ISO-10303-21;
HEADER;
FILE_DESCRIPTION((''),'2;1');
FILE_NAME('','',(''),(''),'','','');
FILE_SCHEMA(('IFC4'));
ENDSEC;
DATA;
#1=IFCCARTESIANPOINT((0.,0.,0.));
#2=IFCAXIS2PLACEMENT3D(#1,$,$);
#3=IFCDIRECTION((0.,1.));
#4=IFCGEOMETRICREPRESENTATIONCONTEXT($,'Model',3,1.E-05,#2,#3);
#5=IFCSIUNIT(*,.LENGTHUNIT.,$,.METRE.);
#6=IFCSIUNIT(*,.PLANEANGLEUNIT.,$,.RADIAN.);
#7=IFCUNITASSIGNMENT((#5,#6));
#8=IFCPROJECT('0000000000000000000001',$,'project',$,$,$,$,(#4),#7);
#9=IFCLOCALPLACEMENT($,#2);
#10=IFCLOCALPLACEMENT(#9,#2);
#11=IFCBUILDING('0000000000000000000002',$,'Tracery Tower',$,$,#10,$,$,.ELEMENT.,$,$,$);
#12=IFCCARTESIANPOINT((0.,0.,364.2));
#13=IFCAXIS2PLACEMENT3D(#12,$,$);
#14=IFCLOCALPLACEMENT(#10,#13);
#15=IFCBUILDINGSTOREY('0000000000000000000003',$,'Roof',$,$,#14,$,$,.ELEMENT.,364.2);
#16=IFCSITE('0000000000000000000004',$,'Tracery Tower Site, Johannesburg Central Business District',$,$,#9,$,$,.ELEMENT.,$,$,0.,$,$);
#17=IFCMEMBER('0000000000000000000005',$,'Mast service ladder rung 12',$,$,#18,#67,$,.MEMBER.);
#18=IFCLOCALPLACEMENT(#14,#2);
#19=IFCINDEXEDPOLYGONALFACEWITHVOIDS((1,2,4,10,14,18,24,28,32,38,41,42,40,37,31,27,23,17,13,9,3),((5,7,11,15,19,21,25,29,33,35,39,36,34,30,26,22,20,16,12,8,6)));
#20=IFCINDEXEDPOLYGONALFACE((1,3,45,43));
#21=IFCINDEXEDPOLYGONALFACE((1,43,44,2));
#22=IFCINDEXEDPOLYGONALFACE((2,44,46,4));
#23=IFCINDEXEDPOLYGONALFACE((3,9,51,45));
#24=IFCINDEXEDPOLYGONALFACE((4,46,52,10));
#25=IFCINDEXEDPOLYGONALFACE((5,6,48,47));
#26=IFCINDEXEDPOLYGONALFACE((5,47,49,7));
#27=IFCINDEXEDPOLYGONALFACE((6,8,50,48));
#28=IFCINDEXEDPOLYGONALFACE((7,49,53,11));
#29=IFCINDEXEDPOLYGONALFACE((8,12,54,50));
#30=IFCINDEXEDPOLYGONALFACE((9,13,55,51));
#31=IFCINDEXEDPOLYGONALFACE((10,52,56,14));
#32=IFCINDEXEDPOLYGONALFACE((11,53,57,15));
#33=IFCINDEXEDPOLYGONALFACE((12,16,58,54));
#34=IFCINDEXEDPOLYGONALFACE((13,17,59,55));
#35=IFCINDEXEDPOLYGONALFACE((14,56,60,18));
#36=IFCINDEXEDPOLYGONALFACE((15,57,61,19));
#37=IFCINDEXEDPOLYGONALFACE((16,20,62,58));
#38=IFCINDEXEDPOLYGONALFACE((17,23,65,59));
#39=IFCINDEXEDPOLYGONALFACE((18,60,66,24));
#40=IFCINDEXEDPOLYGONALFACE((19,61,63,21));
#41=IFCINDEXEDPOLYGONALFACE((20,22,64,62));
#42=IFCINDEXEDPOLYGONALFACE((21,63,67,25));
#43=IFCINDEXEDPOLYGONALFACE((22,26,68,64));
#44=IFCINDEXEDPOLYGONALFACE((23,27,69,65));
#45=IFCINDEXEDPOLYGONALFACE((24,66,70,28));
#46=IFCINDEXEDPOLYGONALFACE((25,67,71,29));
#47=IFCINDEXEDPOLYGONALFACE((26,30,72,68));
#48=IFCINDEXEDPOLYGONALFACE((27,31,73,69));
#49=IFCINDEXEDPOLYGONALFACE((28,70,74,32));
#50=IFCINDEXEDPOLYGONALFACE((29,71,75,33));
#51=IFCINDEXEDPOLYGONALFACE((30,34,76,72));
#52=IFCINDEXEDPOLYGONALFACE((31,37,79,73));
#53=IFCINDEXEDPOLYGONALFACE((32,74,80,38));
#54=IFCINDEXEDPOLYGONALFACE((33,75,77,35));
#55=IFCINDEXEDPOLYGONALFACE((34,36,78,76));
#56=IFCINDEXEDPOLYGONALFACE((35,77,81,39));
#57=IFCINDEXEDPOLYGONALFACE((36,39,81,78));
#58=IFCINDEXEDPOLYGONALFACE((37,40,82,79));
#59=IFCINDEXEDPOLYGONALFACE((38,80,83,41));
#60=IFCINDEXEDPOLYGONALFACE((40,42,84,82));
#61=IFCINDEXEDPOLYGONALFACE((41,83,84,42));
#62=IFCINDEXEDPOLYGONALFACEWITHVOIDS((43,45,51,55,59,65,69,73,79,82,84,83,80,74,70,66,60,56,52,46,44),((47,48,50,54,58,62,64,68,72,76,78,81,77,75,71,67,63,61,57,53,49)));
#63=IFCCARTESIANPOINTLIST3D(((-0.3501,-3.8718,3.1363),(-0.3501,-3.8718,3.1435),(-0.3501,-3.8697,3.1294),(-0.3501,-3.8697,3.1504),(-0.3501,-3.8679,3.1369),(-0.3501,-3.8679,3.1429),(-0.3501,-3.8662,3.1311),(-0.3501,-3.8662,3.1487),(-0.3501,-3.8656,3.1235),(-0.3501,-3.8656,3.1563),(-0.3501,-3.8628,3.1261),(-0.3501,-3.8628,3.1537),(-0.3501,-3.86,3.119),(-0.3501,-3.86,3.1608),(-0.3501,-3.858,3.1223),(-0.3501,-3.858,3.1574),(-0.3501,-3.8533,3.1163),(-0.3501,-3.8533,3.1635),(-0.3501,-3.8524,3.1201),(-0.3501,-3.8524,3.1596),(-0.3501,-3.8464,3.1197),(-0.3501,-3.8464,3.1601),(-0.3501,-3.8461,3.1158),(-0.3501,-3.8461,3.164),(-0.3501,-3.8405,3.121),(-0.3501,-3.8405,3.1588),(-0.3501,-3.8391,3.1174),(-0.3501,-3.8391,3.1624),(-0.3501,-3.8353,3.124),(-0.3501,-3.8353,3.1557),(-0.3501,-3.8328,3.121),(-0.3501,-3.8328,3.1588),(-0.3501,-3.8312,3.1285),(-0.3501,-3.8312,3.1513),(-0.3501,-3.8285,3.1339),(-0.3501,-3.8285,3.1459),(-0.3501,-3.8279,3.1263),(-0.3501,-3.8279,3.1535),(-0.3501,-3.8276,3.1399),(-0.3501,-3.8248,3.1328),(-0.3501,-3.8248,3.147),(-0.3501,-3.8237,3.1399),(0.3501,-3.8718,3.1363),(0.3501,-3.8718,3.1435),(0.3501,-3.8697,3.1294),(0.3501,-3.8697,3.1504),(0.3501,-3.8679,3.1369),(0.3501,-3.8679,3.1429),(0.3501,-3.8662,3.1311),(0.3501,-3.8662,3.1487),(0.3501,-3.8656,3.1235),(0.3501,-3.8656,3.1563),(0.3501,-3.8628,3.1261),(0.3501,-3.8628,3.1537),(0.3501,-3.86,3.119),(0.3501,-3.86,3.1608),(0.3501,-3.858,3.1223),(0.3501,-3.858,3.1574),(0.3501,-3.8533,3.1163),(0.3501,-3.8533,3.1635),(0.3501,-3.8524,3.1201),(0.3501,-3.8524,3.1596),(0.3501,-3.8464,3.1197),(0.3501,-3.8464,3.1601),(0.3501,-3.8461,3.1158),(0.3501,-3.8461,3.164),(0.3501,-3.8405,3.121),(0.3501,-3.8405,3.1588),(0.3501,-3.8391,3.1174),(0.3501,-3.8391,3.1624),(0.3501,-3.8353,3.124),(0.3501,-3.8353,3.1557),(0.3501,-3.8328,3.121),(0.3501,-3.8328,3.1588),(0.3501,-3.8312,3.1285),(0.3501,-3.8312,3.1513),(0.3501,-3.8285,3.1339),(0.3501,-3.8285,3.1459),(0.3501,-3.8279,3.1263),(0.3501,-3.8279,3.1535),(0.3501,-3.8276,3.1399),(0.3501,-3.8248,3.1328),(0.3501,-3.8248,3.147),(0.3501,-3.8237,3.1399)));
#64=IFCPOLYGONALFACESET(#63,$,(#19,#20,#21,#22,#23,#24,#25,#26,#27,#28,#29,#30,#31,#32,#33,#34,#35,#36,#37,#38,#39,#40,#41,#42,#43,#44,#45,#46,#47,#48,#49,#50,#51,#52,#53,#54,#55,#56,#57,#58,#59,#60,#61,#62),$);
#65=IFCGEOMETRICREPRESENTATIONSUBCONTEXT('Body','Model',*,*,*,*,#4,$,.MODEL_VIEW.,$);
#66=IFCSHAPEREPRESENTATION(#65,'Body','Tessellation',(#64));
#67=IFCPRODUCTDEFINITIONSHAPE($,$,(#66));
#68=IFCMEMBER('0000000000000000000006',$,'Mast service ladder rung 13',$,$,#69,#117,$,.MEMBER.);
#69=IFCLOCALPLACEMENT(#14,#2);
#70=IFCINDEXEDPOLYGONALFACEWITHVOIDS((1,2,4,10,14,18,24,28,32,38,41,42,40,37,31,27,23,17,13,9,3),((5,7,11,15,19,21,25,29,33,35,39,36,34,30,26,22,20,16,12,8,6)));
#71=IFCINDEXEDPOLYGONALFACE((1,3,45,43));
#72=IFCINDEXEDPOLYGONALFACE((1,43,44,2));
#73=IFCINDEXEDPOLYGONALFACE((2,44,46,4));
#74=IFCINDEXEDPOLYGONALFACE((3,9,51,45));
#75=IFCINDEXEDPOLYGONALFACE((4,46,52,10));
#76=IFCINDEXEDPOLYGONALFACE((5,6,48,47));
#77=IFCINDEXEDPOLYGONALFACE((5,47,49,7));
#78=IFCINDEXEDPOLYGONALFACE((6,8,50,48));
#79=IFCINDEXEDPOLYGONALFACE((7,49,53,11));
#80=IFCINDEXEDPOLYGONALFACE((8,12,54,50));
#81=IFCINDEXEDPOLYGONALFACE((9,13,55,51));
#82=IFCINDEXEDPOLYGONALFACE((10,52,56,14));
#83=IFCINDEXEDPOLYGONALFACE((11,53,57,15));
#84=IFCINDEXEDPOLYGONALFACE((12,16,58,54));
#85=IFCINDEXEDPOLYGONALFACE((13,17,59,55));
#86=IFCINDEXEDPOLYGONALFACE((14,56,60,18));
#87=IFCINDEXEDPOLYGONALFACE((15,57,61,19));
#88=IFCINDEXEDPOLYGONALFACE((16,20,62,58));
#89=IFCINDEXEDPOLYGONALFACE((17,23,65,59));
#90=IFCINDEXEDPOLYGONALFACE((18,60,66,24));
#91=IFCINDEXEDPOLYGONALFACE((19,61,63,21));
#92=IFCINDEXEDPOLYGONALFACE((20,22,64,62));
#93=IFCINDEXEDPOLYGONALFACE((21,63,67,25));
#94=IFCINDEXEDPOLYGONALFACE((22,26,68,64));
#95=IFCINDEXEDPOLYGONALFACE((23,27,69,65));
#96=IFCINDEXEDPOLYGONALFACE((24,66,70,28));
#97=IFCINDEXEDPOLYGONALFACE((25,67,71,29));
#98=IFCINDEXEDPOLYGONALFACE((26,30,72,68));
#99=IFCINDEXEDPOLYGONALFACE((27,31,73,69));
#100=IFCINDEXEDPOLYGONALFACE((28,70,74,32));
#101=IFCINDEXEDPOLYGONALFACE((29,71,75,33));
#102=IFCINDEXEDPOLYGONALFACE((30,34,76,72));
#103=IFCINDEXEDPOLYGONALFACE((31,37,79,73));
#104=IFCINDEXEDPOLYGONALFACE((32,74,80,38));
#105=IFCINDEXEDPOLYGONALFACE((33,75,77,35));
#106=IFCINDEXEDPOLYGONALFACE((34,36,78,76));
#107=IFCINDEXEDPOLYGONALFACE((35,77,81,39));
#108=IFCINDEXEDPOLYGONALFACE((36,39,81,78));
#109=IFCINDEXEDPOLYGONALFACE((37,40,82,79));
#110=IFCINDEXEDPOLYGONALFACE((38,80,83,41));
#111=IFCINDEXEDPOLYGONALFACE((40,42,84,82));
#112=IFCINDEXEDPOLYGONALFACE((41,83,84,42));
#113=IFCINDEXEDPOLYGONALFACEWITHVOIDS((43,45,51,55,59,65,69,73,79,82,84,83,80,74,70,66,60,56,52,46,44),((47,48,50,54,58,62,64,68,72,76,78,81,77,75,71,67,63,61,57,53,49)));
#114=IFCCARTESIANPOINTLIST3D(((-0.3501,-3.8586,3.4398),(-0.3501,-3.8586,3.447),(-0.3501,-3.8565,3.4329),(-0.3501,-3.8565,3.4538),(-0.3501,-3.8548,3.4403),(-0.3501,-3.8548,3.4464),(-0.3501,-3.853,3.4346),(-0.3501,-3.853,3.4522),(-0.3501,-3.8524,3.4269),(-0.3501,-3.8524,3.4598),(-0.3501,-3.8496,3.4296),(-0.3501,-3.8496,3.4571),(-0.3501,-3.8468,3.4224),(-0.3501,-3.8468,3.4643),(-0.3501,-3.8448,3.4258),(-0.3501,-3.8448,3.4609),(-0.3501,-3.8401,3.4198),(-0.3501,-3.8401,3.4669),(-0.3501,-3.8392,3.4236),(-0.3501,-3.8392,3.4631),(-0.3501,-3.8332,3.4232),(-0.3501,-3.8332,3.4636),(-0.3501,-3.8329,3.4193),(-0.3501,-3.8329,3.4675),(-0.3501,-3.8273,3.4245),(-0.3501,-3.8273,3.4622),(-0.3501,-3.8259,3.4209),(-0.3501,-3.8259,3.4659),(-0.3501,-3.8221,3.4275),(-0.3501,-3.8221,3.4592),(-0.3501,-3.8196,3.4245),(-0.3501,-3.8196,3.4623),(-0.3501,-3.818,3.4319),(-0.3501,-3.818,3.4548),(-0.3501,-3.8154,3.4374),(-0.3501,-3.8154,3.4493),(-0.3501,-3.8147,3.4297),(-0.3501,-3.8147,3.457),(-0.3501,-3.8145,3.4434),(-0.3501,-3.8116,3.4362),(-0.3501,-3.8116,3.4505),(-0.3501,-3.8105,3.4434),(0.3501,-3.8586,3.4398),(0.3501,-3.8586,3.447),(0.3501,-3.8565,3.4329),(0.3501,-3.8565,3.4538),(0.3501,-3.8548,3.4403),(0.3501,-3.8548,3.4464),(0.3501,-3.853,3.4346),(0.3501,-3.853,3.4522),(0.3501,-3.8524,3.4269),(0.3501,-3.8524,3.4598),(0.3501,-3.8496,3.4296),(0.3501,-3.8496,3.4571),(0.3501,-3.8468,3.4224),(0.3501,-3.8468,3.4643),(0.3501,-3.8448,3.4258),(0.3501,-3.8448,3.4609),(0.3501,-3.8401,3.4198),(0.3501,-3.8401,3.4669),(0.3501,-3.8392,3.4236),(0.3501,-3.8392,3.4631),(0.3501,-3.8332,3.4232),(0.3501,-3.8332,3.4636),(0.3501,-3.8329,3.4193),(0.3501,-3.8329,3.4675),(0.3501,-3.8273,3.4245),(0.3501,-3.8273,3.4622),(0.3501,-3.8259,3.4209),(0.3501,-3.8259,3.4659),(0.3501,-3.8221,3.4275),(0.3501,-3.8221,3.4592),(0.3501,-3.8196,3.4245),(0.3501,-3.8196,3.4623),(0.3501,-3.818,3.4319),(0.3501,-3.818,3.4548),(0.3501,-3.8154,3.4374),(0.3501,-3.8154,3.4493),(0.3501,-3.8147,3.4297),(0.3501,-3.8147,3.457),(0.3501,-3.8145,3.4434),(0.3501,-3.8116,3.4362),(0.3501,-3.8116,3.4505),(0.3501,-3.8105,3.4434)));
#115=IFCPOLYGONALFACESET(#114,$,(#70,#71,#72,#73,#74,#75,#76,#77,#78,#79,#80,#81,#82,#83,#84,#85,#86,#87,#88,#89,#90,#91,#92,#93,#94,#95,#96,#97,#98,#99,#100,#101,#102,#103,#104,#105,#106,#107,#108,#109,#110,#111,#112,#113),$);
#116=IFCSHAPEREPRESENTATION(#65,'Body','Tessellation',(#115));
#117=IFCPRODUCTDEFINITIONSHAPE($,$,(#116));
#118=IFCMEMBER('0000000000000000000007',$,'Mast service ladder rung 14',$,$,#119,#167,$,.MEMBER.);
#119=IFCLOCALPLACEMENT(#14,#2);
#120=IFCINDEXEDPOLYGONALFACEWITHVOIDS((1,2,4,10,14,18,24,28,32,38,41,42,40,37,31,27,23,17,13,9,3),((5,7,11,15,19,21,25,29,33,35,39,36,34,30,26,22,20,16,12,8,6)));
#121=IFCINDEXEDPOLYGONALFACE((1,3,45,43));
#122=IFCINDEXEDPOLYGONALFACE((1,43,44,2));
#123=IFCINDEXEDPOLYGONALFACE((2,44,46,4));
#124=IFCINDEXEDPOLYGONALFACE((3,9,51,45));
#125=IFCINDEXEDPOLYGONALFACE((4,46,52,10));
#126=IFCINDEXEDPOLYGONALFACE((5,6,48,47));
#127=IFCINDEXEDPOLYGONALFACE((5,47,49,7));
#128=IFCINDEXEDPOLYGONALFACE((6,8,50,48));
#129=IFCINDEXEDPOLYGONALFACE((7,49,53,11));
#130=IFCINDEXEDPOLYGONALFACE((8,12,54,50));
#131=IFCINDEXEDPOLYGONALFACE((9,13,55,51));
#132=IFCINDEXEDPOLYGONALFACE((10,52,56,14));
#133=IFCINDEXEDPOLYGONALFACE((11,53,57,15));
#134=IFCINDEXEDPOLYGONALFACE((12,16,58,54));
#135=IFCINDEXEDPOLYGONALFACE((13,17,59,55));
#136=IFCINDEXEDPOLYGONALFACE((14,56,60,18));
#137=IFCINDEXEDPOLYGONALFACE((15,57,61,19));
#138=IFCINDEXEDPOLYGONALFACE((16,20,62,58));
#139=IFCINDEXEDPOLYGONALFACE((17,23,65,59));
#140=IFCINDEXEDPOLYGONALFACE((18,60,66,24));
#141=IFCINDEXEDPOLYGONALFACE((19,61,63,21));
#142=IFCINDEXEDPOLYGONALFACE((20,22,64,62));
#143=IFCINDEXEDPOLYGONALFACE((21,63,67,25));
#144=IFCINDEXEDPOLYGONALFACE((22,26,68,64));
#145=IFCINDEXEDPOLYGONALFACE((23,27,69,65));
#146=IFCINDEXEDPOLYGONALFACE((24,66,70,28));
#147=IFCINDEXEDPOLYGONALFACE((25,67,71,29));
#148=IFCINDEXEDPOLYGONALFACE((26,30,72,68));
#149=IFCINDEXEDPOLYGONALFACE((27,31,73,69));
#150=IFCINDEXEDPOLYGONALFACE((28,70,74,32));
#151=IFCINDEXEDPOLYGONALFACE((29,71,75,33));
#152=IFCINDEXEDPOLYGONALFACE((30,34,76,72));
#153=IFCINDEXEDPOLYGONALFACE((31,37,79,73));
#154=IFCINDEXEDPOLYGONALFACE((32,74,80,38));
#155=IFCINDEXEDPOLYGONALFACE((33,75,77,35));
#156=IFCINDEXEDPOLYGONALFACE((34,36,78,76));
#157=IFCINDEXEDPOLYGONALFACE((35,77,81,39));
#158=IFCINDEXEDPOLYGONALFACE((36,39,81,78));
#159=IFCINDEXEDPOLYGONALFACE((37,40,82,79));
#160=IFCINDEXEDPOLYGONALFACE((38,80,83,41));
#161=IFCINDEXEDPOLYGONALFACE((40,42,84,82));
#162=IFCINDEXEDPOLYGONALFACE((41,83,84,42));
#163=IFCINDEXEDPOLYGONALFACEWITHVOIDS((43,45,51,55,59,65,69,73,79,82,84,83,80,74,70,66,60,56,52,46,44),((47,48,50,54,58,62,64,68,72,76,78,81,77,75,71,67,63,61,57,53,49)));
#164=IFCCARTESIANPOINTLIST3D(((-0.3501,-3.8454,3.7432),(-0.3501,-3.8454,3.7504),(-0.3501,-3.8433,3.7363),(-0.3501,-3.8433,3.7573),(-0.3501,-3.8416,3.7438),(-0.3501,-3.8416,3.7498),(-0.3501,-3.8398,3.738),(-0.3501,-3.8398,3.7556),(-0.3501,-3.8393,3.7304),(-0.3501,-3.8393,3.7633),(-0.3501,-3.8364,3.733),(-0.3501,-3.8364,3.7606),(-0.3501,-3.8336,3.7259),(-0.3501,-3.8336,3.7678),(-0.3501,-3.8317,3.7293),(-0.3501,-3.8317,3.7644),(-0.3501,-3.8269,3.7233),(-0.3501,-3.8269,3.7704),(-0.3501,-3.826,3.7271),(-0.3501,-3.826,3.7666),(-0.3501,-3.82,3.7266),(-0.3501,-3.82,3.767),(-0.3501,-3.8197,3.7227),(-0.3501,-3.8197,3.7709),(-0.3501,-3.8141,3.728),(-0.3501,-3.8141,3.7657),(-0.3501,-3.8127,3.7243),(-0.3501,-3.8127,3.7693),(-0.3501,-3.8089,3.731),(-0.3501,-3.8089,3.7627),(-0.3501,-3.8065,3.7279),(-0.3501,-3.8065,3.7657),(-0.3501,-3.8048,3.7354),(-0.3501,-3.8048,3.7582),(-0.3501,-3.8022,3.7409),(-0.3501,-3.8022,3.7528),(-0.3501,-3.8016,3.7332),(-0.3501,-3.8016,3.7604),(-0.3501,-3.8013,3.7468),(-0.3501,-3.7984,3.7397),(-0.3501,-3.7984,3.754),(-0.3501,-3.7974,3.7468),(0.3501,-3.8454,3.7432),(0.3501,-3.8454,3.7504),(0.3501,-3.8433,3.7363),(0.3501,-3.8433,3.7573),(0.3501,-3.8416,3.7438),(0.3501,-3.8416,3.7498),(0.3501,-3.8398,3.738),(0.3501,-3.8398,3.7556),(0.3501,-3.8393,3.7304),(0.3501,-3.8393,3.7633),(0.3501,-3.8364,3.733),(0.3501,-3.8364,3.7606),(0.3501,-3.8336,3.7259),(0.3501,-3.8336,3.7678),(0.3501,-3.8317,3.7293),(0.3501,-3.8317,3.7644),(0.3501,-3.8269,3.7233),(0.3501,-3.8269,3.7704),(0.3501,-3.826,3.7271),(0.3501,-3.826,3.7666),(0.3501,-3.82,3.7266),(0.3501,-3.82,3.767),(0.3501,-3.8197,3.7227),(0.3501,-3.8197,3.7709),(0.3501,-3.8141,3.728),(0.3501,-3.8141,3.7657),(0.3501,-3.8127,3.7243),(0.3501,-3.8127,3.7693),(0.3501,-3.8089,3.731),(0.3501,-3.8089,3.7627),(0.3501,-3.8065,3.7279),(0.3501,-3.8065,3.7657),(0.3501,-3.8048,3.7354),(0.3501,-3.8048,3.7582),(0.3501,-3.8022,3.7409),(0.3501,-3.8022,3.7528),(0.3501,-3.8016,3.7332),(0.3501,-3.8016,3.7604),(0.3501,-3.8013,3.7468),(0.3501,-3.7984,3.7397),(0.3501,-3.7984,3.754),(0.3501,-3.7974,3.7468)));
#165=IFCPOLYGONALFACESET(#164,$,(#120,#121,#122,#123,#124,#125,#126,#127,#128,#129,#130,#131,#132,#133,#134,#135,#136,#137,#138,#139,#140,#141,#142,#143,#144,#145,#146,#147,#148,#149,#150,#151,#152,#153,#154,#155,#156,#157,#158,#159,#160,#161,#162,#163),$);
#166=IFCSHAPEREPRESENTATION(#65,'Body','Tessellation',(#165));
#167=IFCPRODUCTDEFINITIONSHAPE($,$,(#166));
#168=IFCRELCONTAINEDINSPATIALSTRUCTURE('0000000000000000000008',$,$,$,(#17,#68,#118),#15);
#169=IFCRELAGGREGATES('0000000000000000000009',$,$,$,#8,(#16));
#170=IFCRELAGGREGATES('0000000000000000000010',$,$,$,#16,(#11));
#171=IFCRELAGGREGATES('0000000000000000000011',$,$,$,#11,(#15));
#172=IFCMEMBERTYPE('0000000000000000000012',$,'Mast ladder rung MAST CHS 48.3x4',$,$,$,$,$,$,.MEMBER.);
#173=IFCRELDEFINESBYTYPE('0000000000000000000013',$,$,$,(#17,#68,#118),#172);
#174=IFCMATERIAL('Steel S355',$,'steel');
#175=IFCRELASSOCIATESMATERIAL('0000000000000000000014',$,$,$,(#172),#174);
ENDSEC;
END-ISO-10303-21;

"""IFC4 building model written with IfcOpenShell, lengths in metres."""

from ifc_helpers import new_model, si_unit, direction, frame, origin, origin_2d, place, context, subcontext, project, spatial, hollow_circle, extrude, material, material_profile, profile_set, type_object, element, save


model = new_model("IFC4")

# Units and contexts
model_context = context("Model", 3, precision=1e-05, world=origin(), true_north=direction((0.0, 1.0)))
body_context = subcontext(model_context, "Body", "Model", "MODEL_VIEW")
ifc_project = project(units=[si_unit("LENGTHUNIT", "METRE"), si_unit("PLANEANGLEUNIT", "RADIAN")], contexts=[model_context])

# Site, building, storey
site_placement = place(None, origin())
site = spatial("IfcSite", under=ifc_project, at=site_placement, Name="Tracery Tower Site, Johannesburg Central Business District", CompositionType="ELEMENT", RefElevation=0.0)
building_placement = place(site_placement, origin())
building = spatial("IfcBuilding", under=site, at=building_placement, Name="Tracery Tower", CompositionType="ELEMENT")
storey_placement = place(building_placement, frame((0.0, 0.0, 364.2)))
storey = spatial("IfcBuildingStorey", under=building, at=storey_placement, Name="Roof", CompositionType="ELEMENT", Elevation=364.2)

# Members
ifc_material_1 = material(Name="Steel S355", Category="steel")
ifc_material_profile_1 = material_profile(ifc_material_1, hollow_circle(Radius=0.0242, WallThickness=0.0039, at=origin_2d()), Name="CHS 48.3x4")
ifc_profile_set_1 = profile_set([ifc_material_profile_1], Name="Steel S355")
member_type_1 = type_object("IfcMemberType", Name="Mast ladder rung MAST CHS 48.3x4", PredefinedType="MEMBER", material=ifc_profile_set_1)
for number, where, z_axis, x_axis, name in (
    (1, (-0.3501, -3.8479, 3.1399), (1.0, 0.0, 0.0), (0.0, 1.0, 0.0), "Mast service ladder rung 12"),
    (2, (-0.3501, -3.8347, 3.4434), (1.0, 0.0, 0.0), (0.0, 1.0, 0.0), "Mast service ladder rung 13"),
    (3, (-0.3501, -3.8215, 3.7468), (1.0, 0.0, 0.0), (0.0, 1.0, 0.0), "Mast service ladder rung 14"),
):
    element("IfcMember", number, at=place(storey_placement, frame(where, z_axis=z_axis, x_axis=x_axis)), inside=storey, type_object=member_type_1, Name=name, PredefinedType="MEMBER", context=body_context, shape_type="SweptSolid", body=[
        extrude(hollow_circle(Radius=0.0242, WallThickness=0.0039, at=origin_2d()), origin(), (0.0, 0.0, 1.0), 0.7002),
    ])

save(model, "model.ifc")
